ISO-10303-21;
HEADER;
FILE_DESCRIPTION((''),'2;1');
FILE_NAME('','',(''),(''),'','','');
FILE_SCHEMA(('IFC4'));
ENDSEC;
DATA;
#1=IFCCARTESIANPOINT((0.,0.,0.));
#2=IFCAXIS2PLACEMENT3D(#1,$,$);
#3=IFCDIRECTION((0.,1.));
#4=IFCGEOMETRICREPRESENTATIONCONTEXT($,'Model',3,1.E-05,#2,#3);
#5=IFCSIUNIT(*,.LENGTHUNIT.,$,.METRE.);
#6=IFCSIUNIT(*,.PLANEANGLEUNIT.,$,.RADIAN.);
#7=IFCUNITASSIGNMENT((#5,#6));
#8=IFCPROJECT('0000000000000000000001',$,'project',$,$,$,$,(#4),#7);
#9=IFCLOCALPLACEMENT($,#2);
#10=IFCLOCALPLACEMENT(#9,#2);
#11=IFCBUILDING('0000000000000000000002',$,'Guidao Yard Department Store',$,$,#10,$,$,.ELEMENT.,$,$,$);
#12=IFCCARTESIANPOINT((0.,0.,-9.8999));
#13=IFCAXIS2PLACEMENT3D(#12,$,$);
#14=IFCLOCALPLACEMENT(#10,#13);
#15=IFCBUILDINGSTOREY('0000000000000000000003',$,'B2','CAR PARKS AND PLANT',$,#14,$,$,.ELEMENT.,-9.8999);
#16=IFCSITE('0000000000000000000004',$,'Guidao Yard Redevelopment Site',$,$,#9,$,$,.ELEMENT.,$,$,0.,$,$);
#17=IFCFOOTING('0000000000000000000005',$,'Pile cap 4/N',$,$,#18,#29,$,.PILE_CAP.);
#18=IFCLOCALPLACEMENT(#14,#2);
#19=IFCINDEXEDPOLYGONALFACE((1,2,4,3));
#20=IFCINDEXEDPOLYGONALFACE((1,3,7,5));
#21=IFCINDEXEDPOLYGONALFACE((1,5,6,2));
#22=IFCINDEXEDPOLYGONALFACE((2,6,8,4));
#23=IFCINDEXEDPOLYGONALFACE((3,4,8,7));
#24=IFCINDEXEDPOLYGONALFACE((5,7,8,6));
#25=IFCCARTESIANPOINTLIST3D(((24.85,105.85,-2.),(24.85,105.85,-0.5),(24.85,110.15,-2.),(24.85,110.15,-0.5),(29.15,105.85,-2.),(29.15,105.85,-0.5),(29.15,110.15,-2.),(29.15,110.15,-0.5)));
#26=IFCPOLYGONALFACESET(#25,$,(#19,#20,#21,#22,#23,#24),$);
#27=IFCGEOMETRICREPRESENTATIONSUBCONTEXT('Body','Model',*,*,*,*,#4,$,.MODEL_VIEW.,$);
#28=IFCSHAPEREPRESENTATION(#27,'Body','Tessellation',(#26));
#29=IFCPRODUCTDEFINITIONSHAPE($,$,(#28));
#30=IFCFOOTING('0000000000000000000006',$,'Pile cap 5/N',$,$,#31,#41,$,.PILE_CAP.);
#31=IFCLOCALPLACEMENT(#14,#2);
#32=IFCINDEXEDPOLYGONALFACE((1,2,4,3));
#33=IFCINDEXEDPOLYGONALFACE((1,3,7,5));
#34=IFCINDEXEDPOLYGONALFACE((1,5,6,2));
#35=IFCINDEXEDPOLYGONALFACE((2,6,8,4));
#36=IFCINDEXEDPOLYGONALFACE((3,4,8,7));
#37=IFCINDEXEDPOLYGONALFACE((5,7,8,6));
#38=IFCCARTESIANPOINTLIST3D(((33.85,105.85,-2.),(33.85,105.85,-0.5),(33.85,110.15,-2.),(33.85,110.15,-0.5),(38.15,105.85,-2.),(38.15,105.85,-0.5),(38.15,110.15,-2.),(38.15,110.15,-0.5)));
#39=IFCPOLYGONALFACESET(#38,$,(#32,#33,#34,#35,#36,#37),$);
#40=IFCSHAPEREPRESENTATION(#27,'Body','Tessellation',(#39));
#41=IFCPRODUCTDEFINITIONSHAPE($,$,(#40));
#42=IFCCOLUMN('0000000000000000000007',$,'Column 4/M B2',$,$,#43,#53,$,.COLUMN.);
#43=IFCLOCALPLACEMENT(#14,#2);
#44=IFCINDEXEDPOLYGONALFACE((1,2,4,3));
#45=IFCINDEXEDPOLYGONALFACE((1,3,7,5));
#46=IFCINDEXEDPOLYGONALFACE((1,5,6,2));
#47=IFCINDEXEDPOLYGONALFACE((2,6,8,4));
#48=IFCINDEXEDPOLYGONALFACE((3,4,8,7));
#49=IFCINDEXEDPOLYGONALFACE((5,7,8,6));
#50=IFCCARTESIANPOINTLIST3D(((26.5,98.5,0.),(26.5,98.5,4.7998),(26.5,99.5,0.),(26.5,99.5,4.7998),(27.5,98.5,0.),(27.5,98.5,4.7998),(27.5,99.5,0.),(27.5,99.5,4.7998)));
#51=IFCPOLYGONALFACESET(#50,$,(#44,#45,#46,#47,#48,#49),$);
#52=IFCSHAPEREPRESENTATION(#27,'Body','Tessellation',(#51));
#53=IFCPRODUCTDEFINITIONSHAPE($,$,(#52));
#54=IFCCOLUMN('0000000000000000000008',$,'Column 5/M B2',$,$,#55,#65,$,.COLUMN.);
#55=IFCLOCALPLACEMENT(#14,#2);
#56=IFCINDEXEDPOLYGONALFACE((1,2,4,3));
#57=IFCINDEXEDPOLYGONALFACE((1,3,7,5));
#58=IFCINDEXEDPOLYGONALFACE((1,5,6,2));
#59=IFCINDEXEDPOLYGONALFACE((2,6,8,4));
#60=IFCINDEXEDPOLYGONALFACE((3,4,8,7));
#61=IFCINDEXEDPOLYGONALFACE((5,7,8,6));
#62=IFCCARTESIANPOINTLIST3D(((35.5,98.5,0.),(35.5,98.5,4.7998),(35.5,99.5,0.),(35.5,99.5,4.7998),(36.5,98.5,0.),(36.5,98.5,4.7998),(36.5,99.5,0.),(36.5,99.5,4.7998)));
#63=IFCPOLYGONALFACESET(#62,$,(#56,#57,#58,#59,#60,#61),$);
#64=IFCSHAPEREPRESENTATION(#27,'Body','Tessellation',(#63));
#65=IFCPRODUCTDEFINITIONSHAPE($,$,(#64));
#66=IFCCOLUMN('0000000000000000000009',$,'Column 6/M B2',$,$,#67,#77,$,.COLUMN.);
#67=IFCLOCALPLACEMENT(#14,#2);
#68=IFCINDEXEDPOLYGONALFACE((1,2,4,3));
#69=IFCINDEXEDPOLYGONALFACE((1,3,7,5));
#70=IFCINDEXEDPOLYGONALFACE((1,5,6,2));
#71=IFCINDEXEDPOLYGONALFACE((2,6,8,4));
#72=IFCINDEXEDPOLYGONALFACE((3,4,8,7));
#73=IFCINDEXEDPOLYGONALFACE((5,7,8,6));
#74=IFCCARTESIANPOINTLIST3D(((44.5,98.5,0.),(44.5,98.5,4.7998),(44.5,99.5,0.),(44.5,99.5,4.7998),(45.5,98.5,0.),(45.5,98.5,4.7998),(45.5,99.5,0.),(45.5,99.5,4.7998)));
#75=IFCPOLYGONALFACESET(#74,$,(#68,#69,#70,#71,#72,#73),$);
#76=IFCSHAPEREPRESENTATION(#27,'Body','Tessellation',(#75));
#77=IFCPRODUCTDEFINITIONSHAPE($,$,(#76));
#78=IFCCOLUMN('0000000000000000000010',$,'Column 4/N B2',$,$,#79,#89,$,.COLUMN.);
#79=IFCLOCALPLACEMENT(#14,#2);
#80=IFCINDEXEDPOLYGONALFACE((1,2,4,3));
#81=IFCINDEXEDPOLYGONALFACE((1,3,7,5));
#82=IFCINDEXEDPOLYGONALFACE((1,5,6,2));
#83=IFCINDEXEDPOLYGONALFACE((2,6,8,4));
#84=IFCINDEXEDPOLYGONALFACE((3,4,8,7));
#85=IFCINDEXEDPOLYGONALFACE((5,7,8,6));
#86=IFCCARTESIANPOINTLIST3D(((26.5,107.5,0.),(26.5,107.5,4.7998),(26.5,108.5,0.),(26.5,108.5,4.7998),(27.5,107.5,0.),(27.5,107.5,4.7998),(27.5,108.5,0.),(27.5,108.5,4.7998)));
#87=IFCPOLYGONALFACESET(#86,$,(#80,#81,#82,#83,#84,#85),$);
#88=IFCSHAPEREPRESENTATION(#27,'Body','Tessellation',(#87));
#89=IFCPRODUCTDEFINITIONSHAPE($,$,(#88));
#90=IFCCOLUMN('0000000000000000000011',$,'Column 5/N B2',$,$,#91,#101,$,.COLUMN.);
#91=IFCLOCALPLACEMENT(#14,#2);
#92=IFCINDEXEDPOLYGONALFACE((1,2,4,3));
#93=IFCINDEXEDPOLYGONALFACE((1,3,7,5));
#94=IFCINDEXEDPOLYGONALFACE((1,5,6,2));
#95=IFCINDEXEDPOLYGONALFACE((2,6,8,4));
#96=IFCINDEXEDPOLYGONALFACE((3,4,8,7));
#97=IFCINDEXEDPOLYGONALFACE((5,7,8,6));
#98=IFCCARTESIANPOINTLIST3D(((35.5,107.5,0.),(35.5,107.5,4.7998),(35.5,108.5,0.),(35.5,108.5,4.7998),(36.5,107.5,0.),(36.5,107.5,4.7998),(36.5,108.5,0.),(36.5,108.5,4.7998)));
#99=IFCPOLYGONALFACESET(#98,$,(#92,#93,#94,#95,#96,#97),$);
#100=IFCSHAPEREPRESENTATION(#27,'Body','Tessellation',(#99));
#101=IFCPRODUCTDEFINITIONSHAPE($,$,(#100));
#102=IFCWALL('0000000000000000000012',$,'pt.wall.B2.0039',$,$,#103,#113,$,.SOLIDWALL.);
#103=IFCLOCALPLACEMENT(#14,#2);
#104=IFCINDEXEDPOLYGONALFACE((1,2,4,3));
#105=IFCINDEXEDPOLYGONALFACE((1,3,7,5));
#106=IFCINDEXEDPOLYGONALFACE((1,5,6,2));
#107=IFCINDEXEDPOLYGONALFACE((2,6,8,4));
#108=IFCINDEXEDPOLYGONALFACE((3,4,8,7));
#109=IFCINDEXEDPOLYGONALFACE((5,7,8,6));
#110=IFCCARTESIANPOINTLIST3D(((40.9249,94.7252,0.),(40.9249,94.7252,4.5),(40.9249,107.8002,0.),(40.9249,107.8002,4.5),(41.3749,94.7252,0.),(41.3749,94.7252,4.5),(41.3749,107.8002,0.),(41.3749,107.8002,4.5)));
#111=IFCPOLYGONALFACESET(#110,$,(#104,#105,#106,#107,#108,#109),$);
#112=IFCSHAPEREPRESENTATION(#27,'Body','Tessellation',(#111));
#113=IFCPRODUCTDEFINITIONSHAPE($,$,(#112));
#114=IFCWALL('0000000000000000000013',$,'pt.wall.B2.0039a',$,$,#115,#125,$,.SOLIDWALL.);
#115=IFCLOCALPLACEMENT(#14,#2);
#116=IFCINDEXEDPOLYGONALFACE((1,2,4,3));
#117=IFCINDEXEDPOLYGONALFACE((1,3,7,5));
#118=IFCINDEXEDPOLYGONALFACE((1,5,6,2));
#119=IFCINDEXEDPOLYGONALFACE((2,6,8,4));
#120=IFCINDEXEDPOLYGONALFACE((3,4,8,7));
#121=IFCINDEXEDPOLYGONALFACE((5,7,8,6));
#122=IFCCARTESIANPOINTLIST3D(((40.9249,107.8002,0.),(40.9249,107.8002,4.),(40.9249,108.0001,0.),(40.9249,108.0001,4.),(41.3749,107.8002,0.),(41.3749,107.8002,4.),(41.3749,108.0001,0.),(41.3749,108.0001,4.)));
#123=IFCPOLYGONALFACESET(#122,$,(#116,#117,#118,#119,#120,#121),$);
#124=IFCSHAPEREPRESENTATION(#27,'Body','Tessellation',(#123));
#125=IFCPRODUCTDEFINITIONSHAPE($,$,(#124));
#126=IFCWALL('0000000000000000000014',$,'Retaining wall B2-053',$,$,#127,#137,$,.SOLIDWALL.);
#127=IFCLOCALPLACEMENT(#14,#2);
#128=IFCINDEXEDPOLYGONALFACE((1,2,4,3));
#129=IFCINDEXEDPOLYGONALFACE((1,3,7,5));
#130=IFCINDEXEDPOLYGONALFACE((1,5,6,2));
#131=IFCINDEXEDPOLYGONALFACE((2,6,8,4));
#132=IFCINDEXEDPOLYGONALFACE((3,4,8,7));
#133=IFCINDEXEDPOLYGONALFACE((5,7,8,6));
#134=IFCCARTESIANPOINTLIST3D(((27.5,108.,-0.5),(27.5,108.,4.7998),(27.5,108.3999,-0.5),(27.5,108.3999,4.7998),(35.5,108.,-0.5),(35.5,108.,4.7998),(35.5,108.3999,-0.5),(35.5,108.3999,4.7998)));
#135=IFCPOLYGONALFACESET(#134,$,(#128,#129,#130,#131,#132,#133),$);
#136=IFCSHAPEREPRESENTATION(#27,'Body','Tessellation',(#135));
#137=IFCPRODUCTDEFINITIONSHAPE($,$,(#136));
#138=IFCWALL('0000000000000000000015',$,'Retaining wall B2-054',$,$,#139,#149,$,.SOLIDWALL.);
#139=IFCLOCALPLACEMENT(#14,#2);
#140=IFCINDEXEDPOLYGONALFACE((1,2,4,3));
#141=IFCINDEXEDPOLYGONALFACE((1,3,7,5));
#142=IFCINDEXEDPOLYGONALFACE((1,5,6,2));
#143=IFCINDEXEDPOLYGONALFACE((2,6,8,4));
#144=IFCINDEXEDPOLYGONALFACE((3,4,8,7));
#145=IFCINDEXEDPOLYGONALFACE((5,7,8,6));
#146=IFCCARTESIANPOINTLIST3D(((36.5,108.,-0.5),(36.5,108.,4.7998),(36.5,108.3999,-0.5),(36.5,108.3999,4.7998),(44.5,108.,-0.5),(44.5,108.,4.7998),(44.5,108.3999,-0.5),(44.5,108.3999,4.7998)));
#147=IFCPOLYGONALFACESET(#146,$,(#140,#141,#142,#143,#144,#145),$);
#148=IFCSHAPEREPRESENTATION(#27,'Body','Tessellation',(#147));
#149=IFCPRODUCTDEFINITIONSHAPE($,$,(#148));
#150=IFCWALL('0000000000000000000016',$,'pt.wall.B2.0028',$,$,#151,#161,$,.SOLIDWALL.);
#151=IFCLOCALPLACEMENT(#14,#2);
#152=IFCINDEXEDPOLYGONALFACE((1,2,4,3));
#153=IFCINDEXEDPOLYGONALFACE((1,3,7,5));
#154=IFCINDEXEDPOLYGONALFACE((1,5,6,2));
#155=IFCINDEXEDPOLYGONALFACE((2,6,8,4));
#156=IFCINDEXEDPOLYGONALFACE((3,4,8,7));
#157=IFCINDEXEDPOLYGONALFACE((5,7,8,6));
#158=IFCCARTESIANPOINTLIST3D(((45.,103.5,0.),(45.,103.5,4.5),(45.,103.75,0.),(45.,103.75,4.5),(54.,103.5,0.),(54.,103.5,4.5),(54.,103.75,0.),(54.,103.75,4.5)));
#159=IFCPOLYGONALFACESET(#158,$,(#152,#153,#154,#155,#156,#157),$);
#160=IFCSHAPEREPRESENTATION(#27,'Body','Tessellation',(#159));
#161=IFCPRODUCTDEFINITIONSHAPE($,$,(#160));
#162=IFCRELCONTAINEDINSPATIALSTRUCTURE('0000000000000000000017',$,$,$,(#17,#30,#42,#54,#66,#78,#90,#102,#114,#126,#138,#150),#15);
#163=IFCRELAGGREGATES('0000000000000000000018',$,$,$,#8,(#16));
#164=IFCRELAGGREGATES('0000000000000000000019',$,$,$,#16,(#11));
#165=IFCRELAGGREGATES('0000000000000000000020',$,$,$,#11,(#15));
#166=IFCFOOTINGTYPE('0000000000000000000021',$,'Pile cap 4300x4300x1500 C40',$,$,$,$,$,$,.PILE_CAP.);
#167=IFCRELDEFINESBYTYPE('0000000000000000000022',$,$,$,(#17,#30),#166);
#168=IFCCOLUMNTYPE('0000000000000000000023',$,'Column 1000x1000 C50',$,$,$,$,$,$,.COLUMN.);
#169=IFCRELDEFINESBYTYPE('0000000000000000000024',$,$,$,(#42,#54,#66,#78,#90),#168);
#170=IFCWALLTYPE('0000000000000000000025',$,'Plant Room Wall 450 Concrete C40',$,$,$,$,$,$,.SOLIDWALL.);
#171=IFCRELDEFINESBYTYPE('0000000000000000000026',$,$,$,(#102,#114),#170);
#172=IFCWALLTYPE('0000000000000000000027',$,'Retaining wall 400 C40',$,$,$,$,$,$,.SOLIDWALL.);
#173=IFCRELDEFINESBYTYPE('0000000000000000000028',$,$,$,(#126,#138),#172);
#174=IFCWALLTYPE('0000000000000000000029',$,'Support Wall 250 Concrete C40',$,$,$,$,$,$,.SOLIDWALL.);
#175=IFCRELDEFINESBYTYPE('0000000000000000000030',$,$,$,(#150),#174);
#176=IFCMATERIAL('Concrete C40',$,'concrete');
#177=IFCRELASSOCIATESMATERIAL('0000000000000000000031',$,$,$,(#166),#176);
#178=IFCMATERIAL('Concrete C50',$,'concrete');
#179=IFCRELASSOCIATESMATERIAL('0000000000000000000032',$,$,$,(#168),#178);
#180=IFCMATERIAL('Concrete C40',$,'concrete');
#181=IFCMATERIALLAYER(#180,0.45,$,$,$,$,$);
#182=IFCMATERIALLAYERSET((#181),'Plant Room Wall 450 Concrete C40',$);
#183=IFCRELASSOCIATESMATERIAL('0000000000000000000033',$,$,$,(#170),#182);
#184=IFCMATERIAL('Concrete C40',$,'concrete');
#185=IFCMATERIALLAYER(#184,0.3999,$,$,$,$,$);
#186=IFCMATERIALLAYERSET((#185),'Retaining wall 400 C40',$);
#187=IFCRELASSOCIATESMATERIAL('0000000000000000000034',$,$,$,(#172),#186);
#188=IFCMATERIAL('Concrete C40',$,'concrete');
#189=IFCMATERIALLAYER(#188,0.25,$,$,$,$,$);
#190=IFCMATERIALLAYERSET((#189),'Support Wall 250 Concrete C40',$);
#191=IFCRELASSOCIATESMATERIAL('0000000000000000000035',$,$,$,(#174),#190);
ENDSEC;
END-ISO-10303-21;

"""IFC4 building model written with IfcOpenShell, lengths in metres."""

from ifc_helpers import new_model, si_unit, direction, frame, frame_2d, origin, origin_2d, place, context, subcontext, project, spatial, rectangle, extrude, material, layer, layer_set, material_profile, profile_set, type_object, element, save


model = new_model("IFC4")

# Units and contexts
model_context = context("Model", 3, precision=1e-05, world=origin(), true_north=direction((0.0, 1.0)))
body_context = subcontext(model_context, "Body", "Model", "MODEL_VIEW")
ifc_project = project(units=[si_unit("LENGTHUNIT", "METRE"), si_unit("PLANEANGLEUNIT", "RADIAN")], contexts=[model_context])

# Site, building, storey
site_placement = place(None, origin())
site = spatial("IfcSite", under=ifc_project, at=site_placement, Name="Guidao Yard Redevelopment Site", CompositionType="ELEMENT", RefElevation=0.0)
building_placement = place(site_placement, origin())
building = spatial("IfcBuilding", under=site, at=building_placement, Name="Guidao Yard Department Store", CompositionType="ELEMENT")
storey_placement = place(building_placement, frame((0.0, 0.0, -9.8999)))
storey = spatial("IfcBuildingStorey", under=building, at=storey_placement, Name="B2", Description="CAR PARKS AND PLANT", CompositionType="ELEMENT", Elevation=-9.8999)

# Footings
ifc_material_1 = material(Name="Concrete C40", Category="concrete")
footing_type = type_object("IfcFootingType", Name="Pile cap 4300x4300x1500 C40", PredefinedType="PILE_CAP", material=ifc_material_1)
for number, where, z_axis, x_axis, name in (
    (1, (27.0, 108.0, -2.0), (0.0, 0.0, 1.0), (1.0, 0.0, 0.0), "Pile cap 4/N"),
    (2, (36.0, 108.0, -2.0), (0.0, 0.0, 1.0), (1.0, 0.0, 0.0), "Pile cap 5/N"),
):
    element("IfcFooting", number, at=place(storey_placement, frame(where, z_axis=z_axis, x_axis=x_axis)), inside=storey, type_object=footing_type, Name=name, PredefinedType="PILE_CAP", context=body_context, shape_type="SweptSolid", body=[
        extrude(rectangle(XDim=4.3, YDim=4.3, at=origin_2d()), origin(), (0.0, 0.0, 1.0), 1.5),
    ])

# Columns
ifc_material_2 = material(Name="Concrete C50", Category="concrete")
ifc_material_profile_1 = material_profile(ifc_material_2, rectangle(XDim=1.0, YDim=1.0, at=origin_2d()), Name="COL 1000x1000")
ifc_profile_set_1 = profile_set([ifc_material_profile_1], Name="Concrete C50")
column_type = type_object("IfcColumnType", Name="Column 1000x1000 C50", PredefinedType="COLUMN", material=ifc_profile_set_1)
for number, where, z_axis, x_axis, name in (
    (3, (27.0, 99.0, 0.0), (0.0, 0.0, 1.0), (1.0, 0.0, 0.0), "Column 4/M B2"),
    (4, (36.0, 99.0, 0.0), (0.0, 0.0, 1.0), (1.0, 0.0, 0.0), "Column 5/M B2"),
    (5, (45.0, 99.0, 0.0), (0.0, 0.0, 1.0), (1.0, 0.0, 0.0), "Column 6/M B2"),
    (6, (27.0, 108.0, 0.0), (0.0, 0.0, 1.0), (1.0, 0.0, 0.0), "Column 4/N B2"),
    (7, (36.0, 108.0, 0.0), (0.0, 0.0, 1.0), (1.0, 0.0, 0.0), "Column 5/N B2"),
):
    element("IfcColumn", number, at=place(storey_placement, frame(where, z_axis=z_axis, x_axis=x_axis)), inside=storey, type_object=column_type, Name=name, PredefinedType="COLUMN", context=body_context, shape_type="SweptSolid", body=[
        extrude(rectangle(XDim=1.0, YDim=1.0, at=origin_2d()), origin(), (0.0, 0.0, 1.0), 4.7998),
    ])

# Walls
ifc_material_3 = material(Name="Concrete C40", Category="concrete")
ifc_layer_1 = layer(ifc_material_3, 0.45)
ifc_layer_set_1 = layer_set([ifc_layer_1], Name="Plant Room Wall 450 Concrete C40")
wall_type_1 = type_object("IfcWallType", Name="Plant Room Wall 450 Concrete C40", PredefinedType="SOLIDWALL", material=ifc_layer_set_1)
wall_1_placement = place(storey_placement, frame((41.1499, 94.7251, 0.0), z_axis=(0.0, 0.0, 1.0), x_axis=(0.0, 1.0, 0.0)))
element("IfcWall", 8, at=wall_1_placement, inside=storey, type_object=wall_type_1, Name="pt.wall.B2.0039", PredefinedType="SOLIDWALL", context=body_context, shape_type="SweptSolid", body=[
    extrude(rectangle(XDim=13.075, YDim=0.45, at=frame_2d((6.5376, 0.0))), origin(), (0.0, 0.0, 1.0), 4.5),
])
wall_2_placement = place(storey_placement, frame((41.1499, 107.8, 0.0), z_axis=(0.0, 0.0, 1.0), x_axis=(0.0, 1.0, 0.0)))
element("IfcWall", 9, at=wall_2_placement, inside=storey, type_object=wall_type_1, Name="pt.wall.B2.0039a", PredefinedType="SOLIDWALL", context=body_context, shape_type="SweptSolid", body=[
    extrude(rectangle(XDim=0.2, YDim=0.45, at=frame_2d((0.1001, 0.0))), origin(), (0.0, 0.0, 1.0), 4.0),
])
ifc_material_4 = material(Name="Concrete C40", Category="concrete")
ifc_layer_2 = layer(ifc_material_4, 0.3999)
ifc_layer_set_2 = layer_set([ifc_layer_2], Name="Retaining wall 400 C40")
wall_type_2 = type_object("IfcWallType", Name="Retaining wall 400 C40", PredefinedType="SOLIDWALL", material=ifc_layer_set_2)
for number, where, z_axis, x_axis, name in (
    (10, (27.5, 108.2, -0.5), (0.0, 0.0, 1.0), (1.0, 0.0, 0.0), "Retaining wall B2-053"),
    (11, (36.5, 108.2, -0.5), (0.0, 0.0, 1.0), (1.0, 0.0, 0.0), "Retaining wall B2-054"),
):
    element("IfcWall", number, at=place(storey_placement, frame(where, z_axis=z_axis, x_axis=x_axis)), inside=storey, type_object=wall_type_2, Name=name, PredefinedType="SOLIDWALL", context=body_context, shape_type="SweptSolid", body=[
        extrude(rectangle(XDim=8.0, YDim=0.3999, at=frame_2d((4.0, 0.0))), origin(), (0.0, 0.0, 1.0), 5.2998),
    ])
ifc_material_5 = material(Name="Concrete C40", Category="concrete")
ifc_layer_3 = layer(ifc_material_5, 0.25)
ifc_layer_set_3 = layer_set([ifc_layer_3], Name="Support Wall 250 Concrete C40")
wall_type_3 = type_object("IfcWallType", Name="Support Wall 250 Concrete C40", PredefinedType="SOLIDWALL", material=ifc_layer_set_3)
wall_3_placement = place(storey_placement, frame((45.0, 103.625, 0.0), z_axis=(0.0, 0.0, 1.0), x_axis=(1.0, 0.0, 0.0)))
element("IfcWall", 12, at=wall_3_placement, inside=storey, type_object=wall_type_3, Name="pt.wall.B2.0028", PredefinedType="SOLIDWALL", context=body_context, shape_type="SweptSolid", body=[
    extrude(rectangle(XDim=9.0, YDim=0.25, at=frame_2d((4.5, 0.0))), origin(), (0.0, 0.0, 1.0), 4.5),
])

save(model, "model.ifc")
